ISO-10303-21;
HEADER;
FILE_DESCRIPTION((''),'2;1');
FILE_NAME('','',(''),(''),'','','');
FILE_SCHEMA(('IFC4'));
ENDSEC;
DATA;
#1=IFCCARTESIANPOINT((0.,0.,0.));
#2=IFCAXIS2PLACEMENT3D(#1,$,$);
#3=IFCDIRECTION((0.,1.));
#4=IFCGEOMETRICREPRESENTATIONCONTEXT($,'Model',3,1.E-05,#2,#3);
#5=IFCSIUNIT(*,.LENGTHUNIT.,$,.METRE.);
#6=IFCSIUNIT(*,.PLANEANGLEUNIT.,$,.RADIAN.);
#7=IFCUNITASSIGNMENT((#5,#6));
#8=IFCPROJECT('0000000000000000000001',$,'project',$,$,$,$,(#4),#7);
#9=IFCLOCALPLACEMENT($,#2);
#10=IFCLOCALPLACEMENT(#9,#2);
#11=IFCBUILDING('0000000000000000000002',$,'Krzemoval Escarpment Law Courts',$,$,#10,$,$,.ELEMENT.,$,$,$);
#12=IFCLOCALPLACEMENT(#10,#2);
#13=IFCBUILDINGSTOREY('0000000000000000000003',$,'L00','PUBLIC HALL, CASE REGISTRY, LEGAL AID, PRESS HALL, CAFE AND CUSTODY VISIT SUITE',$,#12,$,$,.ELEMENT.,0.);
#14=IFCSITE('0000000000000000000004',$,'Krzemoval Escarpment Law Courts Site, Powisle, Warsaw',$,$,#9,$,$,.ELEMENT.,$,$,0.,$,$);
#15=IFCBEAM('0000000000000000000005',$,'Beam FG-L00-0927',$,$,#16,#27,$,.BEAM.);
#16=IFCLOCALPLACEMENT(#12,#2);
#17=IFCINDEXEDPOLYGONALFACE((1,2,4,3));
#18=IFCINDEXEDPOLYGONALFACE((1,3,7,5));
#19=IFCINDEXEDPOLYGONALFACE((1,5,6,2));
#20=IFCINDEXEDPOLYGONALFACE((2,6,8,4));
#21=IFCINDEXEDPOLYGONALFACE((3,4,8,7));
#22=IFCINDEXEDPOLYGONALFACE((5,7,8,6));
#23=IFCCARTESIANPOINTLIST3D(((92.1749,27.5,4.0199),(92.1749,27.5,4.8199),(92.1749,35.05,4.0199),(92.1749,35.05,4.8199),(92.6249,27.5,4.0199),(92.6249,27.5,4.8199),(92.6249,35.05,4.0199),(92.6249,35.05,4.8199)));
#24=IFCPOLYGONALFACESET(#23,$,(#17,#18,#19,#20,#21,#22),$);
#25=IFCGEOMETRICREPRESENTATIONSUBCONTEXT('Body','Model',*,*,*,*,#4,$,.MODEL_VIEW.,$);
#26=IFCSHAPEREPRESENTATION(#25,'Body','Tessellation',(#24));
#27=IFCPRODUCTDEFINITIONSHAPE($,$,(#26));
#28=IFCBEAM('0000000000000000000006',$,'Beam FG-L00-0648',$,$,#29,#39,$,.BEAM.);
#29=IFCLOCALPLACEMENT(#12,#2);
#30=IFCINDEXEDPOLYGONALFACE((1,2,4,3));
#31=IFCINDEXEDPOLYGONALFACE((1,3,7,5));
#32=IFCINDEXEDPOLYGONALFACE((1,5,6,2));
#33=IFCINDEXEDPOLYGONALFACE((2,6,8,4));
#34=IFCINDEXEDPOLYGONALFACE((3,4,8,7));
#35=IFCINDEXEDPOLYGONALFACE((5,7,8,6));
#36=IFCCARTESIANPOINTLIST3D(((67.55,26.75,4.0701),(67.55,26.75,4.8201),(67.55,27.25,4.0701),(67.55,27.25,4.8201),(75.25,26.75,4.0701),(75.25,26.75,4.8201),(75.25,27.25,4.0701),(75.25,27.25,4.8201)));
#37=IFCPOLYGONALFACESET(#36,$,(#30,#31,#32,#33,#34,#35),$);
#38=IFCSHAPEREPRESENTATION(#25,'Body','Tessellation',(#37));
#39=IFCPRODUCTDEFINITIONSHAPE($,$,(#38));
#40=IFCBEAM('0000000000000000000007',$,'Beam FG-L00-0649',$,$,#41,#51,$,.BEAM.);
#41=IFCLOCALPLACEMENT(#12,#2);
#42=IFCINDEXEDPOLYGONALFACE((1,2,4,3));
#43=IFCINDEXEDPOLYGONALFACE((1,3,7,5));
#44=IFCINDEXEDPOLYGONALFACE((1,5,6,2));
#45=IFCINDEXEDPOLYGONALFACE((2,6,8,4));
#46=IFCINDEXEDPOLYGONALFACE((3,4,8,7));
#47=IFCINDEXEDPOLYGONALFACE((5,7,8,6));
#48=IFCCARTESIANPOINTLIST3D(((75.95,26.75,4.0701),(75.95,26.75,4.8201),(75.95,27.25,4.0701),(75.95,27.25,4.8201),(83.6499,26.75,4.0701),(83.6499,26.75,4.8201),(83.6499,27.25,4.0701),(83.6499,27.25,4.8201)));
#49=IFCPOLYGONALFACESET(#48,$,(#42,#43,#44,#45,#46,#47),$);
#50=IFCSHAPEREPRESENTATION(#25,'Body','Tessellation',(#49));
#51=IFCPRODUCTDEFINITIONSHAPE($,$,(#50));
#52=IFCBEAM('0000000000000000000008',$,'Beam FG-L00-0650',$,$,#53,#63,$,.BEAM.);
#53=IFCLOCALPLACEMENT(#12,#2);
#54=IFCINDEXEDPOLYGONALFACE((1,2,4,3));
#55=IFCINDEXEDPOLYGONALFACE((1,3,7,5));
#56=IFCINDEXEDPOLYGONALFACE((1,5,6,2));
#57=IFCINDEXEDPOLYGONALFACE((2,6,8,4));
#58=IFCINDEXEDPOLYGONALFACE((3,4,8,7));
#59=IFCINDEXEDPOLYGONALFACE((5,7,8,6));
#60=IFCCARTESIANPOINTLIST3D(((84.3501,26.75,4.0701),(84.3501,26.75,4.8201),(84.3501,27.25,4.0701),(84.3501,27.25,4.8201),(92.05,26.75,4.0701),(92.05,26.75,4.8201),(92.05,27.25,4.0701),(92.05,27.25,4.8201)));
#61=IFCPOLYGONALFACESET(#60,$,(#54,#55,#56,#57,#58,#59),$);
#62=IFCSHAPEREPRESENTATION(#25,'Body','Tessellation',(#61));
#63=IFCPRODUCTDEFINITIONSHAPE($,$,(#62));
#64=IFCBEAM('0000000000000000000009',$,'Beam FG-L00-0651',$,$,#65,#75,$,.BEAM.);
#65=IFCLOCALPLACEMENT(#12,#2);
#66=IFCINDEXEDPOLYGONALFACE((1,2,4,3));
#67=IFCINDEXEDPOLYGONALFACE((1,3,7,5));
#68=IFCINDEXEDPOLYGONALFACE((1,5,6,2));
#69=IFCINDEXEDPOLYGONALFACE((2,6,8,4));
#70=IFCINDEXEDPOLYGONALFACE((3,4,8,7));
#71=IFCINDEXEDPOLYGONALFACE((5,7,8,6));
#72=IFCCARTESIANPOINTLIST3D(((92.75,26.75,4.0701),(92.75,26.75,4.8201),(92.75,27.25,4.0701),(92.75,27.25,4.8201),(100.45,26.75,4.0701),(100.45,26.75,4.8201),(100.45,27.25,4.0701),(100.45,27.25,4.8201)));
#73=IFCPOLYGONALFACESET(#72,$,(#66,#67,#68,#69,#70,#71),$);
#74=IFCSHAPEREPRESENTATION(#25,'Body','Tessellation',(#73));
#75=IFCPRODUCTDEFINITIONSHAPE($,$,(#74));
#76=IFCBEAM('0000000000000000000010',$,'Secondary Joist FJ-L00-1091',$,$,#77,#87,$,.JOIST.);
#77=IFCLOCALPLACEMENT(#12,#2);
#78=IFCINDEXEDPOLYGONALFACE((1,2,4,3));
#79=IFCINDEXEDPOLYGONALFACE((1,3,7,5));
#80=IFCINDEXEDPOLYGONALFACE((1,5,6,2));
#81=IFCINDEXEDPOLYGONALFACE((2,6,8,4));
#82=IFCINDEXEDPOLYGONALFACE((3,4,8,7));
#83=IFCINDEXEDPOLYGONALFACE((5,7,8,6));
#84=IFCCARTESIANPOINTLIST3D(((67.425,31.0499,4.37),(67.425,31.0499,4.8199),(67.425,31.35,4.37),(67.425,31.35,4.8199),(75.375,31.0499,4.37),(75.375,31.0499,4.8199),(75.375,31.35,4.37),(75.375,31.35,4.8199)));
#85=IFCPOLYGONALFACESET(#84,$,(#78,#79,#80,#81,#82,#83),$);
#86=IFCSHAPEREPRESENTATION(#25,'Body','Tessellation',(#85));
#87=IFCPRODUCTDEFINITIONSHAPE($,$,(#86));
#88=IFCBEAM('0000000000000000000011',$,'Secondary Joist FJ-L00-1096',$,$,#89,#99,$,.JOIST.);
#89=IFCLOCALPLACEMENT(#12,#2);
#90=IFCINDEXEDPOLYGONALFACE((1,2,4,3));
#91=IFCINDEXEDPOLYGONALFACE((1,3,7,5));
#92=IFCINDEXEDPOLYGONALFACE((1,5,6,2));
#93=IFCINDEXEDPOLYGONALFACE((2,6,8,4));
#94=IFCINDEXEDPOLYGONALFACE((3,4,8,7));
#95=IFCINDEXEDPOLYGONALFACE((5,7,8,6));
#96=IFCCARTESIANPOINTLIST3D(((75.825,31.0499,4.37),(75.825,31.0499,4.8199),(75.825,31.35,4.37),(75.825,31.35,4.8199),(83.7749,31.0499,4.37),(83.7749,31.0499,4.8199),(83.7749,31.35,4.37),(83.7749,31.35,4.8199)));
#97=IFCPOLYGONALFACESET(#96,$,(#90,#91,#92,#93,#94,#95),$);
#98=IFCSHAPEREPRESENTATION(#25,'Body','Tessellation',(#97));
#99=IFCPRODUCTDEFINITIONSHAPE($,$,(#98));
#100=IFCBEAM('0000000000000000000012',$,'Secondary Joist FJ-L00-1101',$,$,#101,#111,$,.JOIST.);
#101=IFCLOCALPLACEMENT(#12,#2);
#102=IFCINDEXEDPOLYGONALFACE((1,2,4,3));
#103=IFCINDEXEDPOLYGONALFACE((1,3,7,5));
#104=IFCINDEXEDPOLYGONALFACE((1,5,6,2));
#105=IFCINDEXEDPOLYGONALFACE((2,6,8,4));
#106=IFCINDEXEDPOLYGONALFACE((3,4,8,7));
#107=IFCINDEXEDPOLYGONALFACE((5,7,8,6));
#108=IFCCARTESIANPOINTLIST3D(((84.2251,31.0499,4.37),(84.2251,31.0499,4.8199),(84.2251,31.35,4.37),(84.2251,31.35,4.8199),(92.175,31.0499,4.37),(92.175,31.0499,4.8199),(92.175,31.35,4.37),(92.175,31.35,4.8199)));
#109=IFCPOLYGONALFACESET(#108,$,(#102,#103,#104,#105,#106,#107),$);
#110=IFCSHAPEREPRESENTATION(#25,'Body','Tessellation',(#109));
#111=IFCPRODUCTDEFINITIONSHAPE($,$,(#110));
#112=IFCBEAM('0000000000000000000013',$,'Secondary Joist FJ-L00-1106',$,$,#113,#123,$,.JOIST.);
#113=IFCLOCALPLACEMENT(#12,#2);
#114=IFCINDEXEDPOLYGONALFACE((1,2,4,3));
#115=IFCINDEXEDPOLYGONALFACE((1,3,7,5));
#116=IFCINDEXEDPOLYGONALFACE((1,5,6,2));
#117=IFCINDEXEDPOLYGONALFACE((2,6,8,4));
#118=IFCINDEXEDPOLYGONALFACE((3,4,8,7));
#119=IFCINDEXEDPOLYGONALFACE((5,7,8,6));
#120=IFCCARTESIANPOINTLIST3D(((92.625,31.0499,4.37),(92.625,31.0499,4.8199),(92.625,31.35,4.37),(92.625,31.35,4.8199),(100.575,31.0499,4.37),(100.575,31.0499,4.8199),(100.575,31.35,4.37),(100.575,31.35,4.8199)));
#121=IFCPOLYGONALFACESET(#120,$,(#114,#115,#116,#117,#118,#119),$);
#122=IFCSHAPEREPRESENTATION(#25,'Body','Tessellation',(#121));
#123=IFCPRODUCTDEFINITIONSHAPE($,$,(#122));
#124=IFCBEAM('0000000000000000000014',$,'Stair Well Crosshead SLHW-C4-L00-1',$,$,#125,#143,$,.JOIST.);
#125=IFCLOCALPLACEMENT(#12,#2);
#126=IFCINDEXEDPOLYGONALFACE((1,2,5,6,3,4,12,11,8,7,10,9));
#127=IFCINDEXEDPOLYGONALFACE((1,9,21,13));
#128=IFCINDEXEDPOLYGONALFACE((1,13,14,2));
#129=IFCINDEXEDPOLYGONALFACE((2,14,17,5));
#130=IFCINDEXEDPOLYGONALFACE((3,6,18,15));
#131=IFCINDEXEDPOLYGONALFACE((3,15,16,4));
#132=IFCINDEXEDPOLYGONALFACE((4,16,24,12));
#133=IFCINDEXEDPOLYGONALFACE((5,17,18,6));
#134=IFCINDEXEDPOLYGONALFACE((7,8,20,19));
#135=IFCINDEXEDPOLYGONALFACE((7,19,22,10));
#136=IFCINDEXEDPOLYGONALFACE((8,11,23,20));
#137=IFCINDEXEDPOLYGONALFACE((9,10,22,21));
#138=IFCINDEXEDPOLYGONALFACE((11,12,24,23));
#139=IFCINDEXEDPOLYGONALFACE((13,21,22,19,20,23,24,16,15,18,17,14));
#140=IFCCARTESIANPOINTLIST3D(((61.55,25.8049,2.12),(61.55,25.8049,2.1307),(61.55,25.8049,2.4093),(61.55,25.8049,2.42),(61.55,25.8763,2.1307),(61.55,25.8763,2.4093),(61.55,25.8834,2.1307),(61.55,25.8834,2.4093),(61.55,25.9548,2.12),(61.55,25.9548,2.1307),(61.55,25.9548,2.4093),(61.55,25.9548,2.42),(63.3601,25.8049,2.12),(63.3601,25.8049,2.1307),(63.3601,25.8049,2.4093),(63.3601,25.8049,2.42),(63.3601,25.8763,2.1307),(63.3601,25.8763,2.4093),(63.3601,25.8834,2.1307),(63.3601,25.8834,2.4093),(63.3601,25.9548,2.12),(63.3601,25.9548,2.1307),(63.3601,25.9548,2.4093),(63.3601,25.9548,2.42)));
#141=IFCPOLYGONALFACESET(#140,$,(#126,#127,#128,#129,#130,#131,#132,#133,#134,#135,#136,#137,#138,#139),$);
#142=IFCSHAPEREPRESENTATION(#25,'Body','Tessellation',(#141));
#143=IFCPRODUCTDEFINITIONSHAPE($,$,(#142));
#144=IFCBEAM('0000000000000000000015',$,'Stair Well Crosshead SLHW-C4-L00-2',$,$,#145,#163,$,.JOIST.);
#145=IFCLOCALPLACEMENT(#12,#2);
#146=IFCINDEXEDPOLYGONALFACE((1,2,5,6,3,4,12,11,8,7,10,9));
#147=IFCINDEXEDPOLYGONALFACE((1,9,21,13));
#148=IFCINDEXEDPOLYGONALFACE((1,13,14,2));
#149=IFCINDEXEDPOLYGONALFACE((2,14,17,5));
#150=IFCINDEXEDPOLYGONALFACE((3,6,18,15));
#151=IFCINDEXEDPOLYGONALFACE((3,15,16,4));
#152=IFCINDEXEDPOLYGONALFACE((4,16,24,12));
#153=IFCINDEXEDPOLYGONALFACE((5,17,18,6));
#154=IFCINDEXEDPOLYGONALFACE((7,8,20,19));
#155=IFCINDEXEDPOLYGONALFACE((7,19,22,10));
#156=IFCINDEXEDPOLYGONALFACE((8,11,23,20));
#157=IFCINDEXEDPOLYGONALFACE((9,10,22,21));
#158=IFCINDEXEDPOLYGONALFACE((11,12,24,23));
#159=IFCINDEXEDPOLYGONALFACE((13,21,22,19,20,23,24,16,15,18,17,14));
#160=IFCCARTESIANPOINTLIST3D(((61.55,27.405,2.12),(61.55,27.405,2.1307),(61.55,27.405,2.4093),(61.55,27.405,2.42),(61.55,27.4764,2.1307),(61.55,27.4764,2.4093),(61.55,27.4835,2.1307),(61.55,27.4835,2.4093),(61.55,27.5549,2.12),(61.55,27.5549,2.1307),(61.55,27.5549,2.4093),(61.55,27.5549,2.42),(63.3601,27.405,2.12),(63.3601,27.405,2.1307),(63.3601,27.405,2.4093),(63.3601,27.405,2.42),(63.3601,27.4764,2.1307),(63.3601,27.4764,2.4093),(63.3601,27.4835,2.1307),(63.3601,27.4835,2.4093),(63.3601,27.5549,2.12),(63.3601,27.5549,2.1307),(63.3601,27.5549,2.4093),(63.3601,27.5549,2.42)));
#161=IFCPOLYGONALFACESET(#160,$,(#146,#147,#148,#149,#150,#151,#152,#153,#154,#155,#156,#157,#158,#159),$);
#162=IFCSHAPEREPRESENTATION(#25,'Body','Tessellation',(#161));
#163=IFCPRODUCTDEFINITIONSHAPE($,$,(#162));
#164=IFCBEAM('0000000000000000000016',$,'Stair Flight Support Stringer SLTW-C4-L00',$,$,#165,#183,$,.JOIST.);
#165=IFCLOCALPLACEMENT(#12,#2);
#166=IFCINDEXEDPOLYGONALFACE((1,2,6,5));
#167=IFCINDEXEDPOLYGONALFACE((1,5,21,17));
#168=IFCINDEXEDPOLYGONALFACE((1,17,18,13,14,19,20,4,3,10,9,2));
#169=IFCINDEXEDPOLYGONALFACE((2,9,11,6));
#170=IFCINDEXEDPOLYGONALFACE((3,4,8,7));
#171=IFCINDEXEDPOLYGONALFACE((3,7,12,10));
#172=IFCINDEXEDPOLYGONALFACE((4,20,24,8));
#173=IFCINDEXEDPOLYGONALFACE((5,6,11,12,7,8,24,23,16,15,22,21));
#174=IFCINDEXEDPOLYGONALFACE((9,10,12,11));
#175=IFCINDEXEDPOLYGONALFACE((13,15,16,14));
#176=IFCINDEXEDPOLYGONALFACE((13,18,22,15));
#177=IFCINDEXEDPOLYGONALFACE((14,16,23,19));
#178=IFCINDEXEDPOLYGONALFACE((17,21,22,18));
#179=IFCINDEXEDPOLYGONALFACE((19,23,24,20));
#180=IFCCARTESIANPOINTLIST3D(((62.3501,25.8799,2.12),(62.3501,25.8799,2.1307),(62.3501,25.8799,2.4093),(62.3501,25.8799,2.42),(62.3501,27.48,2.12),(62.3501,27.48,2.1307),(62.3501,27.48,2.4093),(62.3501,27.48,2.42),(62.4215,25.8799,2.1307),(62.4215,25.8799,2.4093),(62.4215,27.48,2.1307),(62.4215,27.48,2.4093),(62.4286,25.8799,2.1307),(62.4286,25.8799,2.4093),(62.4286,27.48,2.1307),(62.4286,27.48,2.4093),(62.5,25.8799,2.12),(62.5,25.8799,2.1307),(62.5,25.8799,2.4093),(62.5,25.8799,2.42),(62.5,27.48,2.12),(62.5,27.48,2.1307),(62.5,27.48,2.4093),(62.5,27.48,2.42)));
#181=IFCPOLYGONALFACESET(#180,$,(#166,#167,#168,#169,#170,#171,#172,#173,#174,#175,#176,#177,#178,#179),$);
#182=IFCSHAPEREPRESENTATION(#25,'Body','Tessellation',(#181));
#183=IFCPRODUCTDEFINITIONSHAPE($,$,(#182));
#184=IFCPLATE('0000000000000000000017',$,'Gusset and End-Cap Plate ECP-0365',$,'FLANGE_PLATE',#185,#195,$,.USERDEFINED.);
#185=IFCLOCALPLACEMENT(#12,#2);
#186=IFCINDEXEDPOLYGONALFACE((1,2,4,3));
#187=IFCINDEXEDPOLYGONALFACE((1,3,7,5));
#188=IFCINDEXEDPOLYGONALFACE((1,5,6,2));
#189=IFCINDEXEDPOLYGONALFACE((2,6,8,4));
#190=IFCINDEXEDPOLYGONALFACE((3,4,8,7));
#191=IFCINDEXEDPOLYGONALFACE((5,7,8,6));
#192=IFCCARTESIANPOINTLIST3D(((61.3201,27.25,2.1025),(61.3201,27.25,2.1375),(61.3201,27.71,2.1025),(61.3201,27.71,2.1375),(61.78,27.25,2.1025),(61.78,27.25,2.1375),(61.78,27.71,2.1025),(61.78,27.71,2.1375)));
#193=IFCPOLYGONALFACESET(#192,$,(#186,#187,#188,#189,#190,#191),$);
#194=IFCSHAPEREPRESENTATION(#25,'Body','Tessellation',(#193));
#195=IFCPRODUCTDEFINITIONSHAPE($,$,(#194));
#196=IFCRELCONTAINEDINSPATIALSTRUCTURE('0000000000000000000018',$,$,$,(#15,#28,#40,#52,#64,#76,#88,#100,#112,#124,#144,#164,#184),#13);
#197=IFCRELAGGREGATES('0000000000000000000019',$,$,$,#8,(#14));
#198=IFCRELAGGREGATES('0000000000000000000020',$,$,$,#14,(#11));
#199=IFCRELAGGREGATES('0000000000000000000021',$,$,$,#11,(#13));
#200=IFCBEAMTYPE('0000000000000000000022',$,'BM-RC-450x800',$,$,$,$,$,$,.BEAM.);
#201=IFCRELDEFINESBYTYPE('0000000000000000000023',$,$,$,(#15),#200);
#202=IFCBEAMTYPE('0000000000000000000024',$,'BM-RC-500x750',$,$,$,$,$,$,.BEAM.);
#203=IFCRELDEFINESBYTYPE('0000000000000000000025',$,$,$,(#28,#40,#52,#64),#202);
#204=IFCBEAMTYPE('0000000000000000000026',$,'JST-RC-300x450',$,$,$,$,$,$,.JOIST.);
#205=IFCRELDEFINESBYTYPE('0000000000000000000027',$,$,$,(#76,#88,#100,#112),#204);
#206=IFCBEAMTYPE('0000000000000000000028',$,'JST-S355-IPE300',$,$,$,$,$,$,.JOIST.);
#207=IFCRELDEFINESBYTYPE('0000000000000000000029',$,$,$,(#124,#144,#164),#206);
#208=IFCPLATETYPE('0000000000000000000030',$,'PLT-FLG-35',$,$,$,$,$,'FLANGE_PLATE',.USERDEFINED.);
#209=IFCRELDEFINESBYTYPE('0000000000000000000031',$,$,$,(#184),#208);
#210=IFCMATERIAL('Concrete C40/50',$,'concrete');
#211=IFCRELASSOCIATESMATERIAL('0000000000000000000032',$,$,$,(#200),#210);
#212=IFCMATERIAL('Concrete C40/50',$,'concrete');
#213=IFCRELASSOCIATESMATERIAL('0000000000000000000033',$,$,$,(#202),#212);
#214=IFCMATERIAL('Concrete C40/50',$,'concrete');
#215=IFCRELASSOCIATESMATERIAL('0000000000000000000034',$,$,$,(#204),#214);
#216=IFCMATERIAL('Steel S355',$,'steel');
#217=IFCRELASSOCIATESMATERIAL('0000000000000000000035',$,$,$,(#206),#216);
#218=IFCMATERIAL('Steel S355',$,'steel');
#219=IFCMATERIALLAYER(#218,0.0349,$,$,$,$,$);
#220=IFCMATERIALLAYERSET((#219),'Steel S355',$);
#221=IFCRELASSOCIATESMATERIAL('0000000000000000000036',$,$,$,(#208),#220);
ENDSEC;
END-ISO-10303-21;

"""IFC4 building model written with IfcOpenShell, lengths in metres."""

from ifc_helpers import new_model, si_unit, direction, frame, origin, origin_2d, place, context, subcontext, project, spatial, rectangle, i_section, extrude, material, layer, layer_set, material_profile, profile_set, type_object, element, save


model = new_model("IFC4")

# Units and contexts
model_context = context("Model", 3, precision=1e-05, world=origin(), true_north=direction((0.0, 1.0)))
body_context = subcontext(model_context, "Body", "Model", "MODEL_VIEW")
ifc_project = project(units=[si_unit("LENGTHUNIT", "METRE"), si_unit("PLANEANGLEUNIT", "RADIAN")], contexts=[model_context])

# Site, building, storey
site_placement = place(None, origin())
site = spatial("IfcSite", under=ifc_project, at=site_placement, Name="Krzemoval Escarpment Law Courts Site, Powisle, Warsaw", CompositionType="ELEMENT", RefElevation=0.0)
building_placement = place(site_placement, origin())
building = spatial("IfcBuilding", under=site, at=building_placement, Name="Krzemoval Escarpment Law Courts", CompositionType="ELEMENT")
storey_placement = place(building_placement, origin())
storey = spatial("IfcBuildingStorey", under=building, at=storey_placement, Name="L00", Description="PUBLIC HALL, CASE REGISTRY, LEGAL AID, PRESS HALL, CAFE AND CUSTODY VISIT SUITE", CompositionType="ELEMENT", Elevation=0.0)

# Beams
ifc_material_1 = material(Name="Concrete C40/50", Category="concrete")
ifc_material_profile_1 = material_profile(ifc_material_1, rectangle(XDim=0.45, YDim=0.8, at=origin_2d()), Name="RCB 450x800")
ifc_profile_set_1 = profile_set([ifc_material_profile_1], Name="Concrete C40/50")
beam_type_1 = type_object("IfcBeamType", Name="BM-RC-450x800", PredefinedType="BEAM", material=ifc_profile_set_1)
for number, where, z_axis, x_axis, name in (
    (1, (92.3999, 27.5, 4.4199), (0.0, 1.0, 0.0), (-1.0, 0.0, 0.0), "Beam FG-L00-0927"),
):
    element("IfcBeam", number, at=place(storey_placement, frame(where, z_axis=z_axis, x_axis=x_axis)), inside=storey, type_object=beam_type_1, Name=name, PredefinedType="BEAM", context=body_context, shape_type="SweptSolid", body=[
        extrude(rectangle(XDim=0.45, YDim=0.8, at=origin_2d()), origin(), (0.0, 0.0, 1.0), 7.55),
    ])
ifc_material_2 = material(Name="Concrete C40/50", Category="concrete")
ifc_material_profile_2 = material_profile(ifc_material_2, rectangle(XDim=0.5, YDim=0.75, at=origin_2d()), Name="RCB 500x750")
ifc_profile_set_2 = profile_set([ifc_material_profile_2], Name="Concrete C40/50")
beam_type_2 = type_object("IfcBeamType", Name="BM-RC-500x750", PredefinedType="BEAM", material=ifc_profile_set_2)
for number, where, z_axis, x_axis, name in (
    (2, (67.55, 27.0, 4.4451), (1.0, 0.0, 0.0), (0.0, 1.0, 0.0), "Beam FG-L00-0648"),
    (3, (75.95, 27.0, 4.4451), (1.0, 0.0, 0.0), (0.0, 1.0, 0.0), "Beam FG-L00-0649"),
    (4, (84.3501, 27.0, 4.4451), (1.0, 0.0, 0.0), (0.0, 1.0, 0.0), "Beam FG-L00-0650"),
    (5, (92.75, 27.0, 4.4451), (1.0, 0.0, 0.0), (0.0, 1.0, 0.0), "Beam FG-L00-0651"),
):
    element("IfcBeam", number, at=place(storey_placement, frame(where, z_axis=z_axis, x_axis=x_axis)), inside=storey, type_object=beam_type_2, Name=name, PredefinedType="BEAM", context=body_context, shape_type="SweptSolid", body=[
        extrude(rectangle(XDim=0.5, YDim=0.75, at=origin_2d()), origin(), (0.0, 0.0, 1.0), 7.7),
    ])
ifc_material_3 = material(Name="Concrete C40/50", Category="concrete")
ifc_material_profile_3 = material_profile(ifc_material_3, rectangle(XDim=0.3, YDim=0.45, at=origin_2d()), Name="RCB 300x450")
ifc_profile_set_3 = profile_set([ifc_material_profile_3], Name="Concrete C40/50")
beam_type_3 = type_object("IfcBeamType", Name="JST-RC-300x450", PredefinedType="JOIST", material=ifc_profile_set_3)
for number, where, z_axis, x_axis, name in (
    (6, (67.425, 31.2, 4.595), (1.0, 0.0, 0.0), (0.0, 1.0, 0.0), "Secondary Joist FJ-L00-1091"),
    (7, (75.825, 31.2, 4.595), (1.0, 0.0, 0.0), (0.0, 1.0, 0.0), "Secondary Joist FJ-L00-1096"),
    (8, (84.2251, 31.2, 4.595), (1.0, 0.0, 0.0), (0.0, 1.0, 0.0), "Secondary Joist FJ-L00-1101"),
    (9, (92.625, 31.2, 4.595), (1.0, 0.0, 0.0), (0.0, 1.0, 0.0), "Secondary Joist FJ-L00-1106"),
):
    element("IfcBeam", number, at=place(storey_placement, frame(where, z_axis=z_axis, x_axis=x_axis)), inside=storey, type_object=beam_type_3, Name=name, PredefinedType="JOIST", context=body_context, shape_type="SweptSolid", body=[
        extrude(rectangle(XDim=0.3, YDim=0.45, at=origin_2d()), origin(), (0.0, 0.0, 1.0), 7.95),
    ])
ifc_material_4 = material(Name="Steel S355", Category="steel")
ifc_material_profile_4 = material_profile(ifc_material_4, i_section(OverallWidth=0.1499, OverallDepth=0.3, WebThickness=0.0071, FlangeThickness=0.0107, at=origin_2d()), Name="IPE 300")
ifc_profile_set_4 = profile_set([ifc_material_profile_4], Name="Steel S355")
beam_type_4 = type_object("IfcBeamType", Name="JST-S355-IPE300", PredefinedType="JOIST", material=ifc_profile_set_4)
for number, where, z_axis, x_axis, name in (
    (10, (61.55, 25.8799, 2.27), (1.0, 0.0, 0.0), (0.0, 1.0, 0.0), "Stair Well Crosshead SLHW-C4-L00-1"),
    (11, (61.55, 27.48, 2.27), (1.0, 0.0, 0.0), (0.0, 1.0, 0.0), "Stair Well Crosshead SLHW-C4-L00-2"),
):
    element("IfcBeam", number, at=place(storey_placement, frame(where, z_axis=z_axis, x_axis=x_axis)), inside=storey, type_object=beam_type_4, Name=name, PredefinedType="JOIST", context=body_context, shape_type="SweptSolid", body=[
        extrude(i_section(OverallWidth=0.1499, OverallDepth=0.3, WebThickness=0.0071, FlangeThickness=0.0107, at=origin_2d()), origin(), (0.0, 0.0, 1.0), 1.8101),
    ])
beam_placement = place(storey_placement, frame((62.425, 25.8799, 2.27), z_axis=(0.0, 1.0, 0.0), x_axis=(-1.0, 0.0, 0.0)))
element("IfcBeam", 12, at=beam_placement, inside=storey, type_object=beam_type_4, Name="Stair Flight Support Stringer SLTW-C4-L00", PredefinedType="JOIST", context=body_context, shape_type="SweptSolid", body=[
    extrude(i_section(OverallWidth=0.1499, OverallDepth=0.3, WebThickness=0.0071, FlangeThickness=0.0107, at=origin_2d()), origin(), (0.0, 0.0, 1.0), 1.6001),
])

# Plate
ifc_material_5 = material(Name="Steel S355", Category="steel")
ifc_layer_1 = layer(ifc_material_5, 0.0349)
ifc_layer_set_1 = layer_set([ifc_layer_1], Name="Steel S355")
plate_type_1 = type_object("IfcPlateType", Name="PLT-FLG-35", ElementType="FLANGE_PLATE", PredefinedType="USERDEFINED", material=ifc_layer_set_1)
plate_1_placement = place(storey_placement, frame((61.55, 27.48, 2.1025), z_axis=(0.0, 0.0, 1.0), x_axis=(1.0, 0.0, 0.0)))
element("IfcPlate", 13, at=plate_1_placement, inside=storey, type_object=plate_type_1, Name="Gusset and End-Cap Plate ECP-0365", ObjectType="FLANGE_PLATE", PredefinedType="USERDEFINED", context=body_context, shape_type="SweptSolid", body=[
    extrude(rectangle(XDim=0.46, YDim=0.46, at=origin_2d()), origin(), (0.0, 0.0, 1.0), 0.0349),
])

save(model, "model.ifc")
